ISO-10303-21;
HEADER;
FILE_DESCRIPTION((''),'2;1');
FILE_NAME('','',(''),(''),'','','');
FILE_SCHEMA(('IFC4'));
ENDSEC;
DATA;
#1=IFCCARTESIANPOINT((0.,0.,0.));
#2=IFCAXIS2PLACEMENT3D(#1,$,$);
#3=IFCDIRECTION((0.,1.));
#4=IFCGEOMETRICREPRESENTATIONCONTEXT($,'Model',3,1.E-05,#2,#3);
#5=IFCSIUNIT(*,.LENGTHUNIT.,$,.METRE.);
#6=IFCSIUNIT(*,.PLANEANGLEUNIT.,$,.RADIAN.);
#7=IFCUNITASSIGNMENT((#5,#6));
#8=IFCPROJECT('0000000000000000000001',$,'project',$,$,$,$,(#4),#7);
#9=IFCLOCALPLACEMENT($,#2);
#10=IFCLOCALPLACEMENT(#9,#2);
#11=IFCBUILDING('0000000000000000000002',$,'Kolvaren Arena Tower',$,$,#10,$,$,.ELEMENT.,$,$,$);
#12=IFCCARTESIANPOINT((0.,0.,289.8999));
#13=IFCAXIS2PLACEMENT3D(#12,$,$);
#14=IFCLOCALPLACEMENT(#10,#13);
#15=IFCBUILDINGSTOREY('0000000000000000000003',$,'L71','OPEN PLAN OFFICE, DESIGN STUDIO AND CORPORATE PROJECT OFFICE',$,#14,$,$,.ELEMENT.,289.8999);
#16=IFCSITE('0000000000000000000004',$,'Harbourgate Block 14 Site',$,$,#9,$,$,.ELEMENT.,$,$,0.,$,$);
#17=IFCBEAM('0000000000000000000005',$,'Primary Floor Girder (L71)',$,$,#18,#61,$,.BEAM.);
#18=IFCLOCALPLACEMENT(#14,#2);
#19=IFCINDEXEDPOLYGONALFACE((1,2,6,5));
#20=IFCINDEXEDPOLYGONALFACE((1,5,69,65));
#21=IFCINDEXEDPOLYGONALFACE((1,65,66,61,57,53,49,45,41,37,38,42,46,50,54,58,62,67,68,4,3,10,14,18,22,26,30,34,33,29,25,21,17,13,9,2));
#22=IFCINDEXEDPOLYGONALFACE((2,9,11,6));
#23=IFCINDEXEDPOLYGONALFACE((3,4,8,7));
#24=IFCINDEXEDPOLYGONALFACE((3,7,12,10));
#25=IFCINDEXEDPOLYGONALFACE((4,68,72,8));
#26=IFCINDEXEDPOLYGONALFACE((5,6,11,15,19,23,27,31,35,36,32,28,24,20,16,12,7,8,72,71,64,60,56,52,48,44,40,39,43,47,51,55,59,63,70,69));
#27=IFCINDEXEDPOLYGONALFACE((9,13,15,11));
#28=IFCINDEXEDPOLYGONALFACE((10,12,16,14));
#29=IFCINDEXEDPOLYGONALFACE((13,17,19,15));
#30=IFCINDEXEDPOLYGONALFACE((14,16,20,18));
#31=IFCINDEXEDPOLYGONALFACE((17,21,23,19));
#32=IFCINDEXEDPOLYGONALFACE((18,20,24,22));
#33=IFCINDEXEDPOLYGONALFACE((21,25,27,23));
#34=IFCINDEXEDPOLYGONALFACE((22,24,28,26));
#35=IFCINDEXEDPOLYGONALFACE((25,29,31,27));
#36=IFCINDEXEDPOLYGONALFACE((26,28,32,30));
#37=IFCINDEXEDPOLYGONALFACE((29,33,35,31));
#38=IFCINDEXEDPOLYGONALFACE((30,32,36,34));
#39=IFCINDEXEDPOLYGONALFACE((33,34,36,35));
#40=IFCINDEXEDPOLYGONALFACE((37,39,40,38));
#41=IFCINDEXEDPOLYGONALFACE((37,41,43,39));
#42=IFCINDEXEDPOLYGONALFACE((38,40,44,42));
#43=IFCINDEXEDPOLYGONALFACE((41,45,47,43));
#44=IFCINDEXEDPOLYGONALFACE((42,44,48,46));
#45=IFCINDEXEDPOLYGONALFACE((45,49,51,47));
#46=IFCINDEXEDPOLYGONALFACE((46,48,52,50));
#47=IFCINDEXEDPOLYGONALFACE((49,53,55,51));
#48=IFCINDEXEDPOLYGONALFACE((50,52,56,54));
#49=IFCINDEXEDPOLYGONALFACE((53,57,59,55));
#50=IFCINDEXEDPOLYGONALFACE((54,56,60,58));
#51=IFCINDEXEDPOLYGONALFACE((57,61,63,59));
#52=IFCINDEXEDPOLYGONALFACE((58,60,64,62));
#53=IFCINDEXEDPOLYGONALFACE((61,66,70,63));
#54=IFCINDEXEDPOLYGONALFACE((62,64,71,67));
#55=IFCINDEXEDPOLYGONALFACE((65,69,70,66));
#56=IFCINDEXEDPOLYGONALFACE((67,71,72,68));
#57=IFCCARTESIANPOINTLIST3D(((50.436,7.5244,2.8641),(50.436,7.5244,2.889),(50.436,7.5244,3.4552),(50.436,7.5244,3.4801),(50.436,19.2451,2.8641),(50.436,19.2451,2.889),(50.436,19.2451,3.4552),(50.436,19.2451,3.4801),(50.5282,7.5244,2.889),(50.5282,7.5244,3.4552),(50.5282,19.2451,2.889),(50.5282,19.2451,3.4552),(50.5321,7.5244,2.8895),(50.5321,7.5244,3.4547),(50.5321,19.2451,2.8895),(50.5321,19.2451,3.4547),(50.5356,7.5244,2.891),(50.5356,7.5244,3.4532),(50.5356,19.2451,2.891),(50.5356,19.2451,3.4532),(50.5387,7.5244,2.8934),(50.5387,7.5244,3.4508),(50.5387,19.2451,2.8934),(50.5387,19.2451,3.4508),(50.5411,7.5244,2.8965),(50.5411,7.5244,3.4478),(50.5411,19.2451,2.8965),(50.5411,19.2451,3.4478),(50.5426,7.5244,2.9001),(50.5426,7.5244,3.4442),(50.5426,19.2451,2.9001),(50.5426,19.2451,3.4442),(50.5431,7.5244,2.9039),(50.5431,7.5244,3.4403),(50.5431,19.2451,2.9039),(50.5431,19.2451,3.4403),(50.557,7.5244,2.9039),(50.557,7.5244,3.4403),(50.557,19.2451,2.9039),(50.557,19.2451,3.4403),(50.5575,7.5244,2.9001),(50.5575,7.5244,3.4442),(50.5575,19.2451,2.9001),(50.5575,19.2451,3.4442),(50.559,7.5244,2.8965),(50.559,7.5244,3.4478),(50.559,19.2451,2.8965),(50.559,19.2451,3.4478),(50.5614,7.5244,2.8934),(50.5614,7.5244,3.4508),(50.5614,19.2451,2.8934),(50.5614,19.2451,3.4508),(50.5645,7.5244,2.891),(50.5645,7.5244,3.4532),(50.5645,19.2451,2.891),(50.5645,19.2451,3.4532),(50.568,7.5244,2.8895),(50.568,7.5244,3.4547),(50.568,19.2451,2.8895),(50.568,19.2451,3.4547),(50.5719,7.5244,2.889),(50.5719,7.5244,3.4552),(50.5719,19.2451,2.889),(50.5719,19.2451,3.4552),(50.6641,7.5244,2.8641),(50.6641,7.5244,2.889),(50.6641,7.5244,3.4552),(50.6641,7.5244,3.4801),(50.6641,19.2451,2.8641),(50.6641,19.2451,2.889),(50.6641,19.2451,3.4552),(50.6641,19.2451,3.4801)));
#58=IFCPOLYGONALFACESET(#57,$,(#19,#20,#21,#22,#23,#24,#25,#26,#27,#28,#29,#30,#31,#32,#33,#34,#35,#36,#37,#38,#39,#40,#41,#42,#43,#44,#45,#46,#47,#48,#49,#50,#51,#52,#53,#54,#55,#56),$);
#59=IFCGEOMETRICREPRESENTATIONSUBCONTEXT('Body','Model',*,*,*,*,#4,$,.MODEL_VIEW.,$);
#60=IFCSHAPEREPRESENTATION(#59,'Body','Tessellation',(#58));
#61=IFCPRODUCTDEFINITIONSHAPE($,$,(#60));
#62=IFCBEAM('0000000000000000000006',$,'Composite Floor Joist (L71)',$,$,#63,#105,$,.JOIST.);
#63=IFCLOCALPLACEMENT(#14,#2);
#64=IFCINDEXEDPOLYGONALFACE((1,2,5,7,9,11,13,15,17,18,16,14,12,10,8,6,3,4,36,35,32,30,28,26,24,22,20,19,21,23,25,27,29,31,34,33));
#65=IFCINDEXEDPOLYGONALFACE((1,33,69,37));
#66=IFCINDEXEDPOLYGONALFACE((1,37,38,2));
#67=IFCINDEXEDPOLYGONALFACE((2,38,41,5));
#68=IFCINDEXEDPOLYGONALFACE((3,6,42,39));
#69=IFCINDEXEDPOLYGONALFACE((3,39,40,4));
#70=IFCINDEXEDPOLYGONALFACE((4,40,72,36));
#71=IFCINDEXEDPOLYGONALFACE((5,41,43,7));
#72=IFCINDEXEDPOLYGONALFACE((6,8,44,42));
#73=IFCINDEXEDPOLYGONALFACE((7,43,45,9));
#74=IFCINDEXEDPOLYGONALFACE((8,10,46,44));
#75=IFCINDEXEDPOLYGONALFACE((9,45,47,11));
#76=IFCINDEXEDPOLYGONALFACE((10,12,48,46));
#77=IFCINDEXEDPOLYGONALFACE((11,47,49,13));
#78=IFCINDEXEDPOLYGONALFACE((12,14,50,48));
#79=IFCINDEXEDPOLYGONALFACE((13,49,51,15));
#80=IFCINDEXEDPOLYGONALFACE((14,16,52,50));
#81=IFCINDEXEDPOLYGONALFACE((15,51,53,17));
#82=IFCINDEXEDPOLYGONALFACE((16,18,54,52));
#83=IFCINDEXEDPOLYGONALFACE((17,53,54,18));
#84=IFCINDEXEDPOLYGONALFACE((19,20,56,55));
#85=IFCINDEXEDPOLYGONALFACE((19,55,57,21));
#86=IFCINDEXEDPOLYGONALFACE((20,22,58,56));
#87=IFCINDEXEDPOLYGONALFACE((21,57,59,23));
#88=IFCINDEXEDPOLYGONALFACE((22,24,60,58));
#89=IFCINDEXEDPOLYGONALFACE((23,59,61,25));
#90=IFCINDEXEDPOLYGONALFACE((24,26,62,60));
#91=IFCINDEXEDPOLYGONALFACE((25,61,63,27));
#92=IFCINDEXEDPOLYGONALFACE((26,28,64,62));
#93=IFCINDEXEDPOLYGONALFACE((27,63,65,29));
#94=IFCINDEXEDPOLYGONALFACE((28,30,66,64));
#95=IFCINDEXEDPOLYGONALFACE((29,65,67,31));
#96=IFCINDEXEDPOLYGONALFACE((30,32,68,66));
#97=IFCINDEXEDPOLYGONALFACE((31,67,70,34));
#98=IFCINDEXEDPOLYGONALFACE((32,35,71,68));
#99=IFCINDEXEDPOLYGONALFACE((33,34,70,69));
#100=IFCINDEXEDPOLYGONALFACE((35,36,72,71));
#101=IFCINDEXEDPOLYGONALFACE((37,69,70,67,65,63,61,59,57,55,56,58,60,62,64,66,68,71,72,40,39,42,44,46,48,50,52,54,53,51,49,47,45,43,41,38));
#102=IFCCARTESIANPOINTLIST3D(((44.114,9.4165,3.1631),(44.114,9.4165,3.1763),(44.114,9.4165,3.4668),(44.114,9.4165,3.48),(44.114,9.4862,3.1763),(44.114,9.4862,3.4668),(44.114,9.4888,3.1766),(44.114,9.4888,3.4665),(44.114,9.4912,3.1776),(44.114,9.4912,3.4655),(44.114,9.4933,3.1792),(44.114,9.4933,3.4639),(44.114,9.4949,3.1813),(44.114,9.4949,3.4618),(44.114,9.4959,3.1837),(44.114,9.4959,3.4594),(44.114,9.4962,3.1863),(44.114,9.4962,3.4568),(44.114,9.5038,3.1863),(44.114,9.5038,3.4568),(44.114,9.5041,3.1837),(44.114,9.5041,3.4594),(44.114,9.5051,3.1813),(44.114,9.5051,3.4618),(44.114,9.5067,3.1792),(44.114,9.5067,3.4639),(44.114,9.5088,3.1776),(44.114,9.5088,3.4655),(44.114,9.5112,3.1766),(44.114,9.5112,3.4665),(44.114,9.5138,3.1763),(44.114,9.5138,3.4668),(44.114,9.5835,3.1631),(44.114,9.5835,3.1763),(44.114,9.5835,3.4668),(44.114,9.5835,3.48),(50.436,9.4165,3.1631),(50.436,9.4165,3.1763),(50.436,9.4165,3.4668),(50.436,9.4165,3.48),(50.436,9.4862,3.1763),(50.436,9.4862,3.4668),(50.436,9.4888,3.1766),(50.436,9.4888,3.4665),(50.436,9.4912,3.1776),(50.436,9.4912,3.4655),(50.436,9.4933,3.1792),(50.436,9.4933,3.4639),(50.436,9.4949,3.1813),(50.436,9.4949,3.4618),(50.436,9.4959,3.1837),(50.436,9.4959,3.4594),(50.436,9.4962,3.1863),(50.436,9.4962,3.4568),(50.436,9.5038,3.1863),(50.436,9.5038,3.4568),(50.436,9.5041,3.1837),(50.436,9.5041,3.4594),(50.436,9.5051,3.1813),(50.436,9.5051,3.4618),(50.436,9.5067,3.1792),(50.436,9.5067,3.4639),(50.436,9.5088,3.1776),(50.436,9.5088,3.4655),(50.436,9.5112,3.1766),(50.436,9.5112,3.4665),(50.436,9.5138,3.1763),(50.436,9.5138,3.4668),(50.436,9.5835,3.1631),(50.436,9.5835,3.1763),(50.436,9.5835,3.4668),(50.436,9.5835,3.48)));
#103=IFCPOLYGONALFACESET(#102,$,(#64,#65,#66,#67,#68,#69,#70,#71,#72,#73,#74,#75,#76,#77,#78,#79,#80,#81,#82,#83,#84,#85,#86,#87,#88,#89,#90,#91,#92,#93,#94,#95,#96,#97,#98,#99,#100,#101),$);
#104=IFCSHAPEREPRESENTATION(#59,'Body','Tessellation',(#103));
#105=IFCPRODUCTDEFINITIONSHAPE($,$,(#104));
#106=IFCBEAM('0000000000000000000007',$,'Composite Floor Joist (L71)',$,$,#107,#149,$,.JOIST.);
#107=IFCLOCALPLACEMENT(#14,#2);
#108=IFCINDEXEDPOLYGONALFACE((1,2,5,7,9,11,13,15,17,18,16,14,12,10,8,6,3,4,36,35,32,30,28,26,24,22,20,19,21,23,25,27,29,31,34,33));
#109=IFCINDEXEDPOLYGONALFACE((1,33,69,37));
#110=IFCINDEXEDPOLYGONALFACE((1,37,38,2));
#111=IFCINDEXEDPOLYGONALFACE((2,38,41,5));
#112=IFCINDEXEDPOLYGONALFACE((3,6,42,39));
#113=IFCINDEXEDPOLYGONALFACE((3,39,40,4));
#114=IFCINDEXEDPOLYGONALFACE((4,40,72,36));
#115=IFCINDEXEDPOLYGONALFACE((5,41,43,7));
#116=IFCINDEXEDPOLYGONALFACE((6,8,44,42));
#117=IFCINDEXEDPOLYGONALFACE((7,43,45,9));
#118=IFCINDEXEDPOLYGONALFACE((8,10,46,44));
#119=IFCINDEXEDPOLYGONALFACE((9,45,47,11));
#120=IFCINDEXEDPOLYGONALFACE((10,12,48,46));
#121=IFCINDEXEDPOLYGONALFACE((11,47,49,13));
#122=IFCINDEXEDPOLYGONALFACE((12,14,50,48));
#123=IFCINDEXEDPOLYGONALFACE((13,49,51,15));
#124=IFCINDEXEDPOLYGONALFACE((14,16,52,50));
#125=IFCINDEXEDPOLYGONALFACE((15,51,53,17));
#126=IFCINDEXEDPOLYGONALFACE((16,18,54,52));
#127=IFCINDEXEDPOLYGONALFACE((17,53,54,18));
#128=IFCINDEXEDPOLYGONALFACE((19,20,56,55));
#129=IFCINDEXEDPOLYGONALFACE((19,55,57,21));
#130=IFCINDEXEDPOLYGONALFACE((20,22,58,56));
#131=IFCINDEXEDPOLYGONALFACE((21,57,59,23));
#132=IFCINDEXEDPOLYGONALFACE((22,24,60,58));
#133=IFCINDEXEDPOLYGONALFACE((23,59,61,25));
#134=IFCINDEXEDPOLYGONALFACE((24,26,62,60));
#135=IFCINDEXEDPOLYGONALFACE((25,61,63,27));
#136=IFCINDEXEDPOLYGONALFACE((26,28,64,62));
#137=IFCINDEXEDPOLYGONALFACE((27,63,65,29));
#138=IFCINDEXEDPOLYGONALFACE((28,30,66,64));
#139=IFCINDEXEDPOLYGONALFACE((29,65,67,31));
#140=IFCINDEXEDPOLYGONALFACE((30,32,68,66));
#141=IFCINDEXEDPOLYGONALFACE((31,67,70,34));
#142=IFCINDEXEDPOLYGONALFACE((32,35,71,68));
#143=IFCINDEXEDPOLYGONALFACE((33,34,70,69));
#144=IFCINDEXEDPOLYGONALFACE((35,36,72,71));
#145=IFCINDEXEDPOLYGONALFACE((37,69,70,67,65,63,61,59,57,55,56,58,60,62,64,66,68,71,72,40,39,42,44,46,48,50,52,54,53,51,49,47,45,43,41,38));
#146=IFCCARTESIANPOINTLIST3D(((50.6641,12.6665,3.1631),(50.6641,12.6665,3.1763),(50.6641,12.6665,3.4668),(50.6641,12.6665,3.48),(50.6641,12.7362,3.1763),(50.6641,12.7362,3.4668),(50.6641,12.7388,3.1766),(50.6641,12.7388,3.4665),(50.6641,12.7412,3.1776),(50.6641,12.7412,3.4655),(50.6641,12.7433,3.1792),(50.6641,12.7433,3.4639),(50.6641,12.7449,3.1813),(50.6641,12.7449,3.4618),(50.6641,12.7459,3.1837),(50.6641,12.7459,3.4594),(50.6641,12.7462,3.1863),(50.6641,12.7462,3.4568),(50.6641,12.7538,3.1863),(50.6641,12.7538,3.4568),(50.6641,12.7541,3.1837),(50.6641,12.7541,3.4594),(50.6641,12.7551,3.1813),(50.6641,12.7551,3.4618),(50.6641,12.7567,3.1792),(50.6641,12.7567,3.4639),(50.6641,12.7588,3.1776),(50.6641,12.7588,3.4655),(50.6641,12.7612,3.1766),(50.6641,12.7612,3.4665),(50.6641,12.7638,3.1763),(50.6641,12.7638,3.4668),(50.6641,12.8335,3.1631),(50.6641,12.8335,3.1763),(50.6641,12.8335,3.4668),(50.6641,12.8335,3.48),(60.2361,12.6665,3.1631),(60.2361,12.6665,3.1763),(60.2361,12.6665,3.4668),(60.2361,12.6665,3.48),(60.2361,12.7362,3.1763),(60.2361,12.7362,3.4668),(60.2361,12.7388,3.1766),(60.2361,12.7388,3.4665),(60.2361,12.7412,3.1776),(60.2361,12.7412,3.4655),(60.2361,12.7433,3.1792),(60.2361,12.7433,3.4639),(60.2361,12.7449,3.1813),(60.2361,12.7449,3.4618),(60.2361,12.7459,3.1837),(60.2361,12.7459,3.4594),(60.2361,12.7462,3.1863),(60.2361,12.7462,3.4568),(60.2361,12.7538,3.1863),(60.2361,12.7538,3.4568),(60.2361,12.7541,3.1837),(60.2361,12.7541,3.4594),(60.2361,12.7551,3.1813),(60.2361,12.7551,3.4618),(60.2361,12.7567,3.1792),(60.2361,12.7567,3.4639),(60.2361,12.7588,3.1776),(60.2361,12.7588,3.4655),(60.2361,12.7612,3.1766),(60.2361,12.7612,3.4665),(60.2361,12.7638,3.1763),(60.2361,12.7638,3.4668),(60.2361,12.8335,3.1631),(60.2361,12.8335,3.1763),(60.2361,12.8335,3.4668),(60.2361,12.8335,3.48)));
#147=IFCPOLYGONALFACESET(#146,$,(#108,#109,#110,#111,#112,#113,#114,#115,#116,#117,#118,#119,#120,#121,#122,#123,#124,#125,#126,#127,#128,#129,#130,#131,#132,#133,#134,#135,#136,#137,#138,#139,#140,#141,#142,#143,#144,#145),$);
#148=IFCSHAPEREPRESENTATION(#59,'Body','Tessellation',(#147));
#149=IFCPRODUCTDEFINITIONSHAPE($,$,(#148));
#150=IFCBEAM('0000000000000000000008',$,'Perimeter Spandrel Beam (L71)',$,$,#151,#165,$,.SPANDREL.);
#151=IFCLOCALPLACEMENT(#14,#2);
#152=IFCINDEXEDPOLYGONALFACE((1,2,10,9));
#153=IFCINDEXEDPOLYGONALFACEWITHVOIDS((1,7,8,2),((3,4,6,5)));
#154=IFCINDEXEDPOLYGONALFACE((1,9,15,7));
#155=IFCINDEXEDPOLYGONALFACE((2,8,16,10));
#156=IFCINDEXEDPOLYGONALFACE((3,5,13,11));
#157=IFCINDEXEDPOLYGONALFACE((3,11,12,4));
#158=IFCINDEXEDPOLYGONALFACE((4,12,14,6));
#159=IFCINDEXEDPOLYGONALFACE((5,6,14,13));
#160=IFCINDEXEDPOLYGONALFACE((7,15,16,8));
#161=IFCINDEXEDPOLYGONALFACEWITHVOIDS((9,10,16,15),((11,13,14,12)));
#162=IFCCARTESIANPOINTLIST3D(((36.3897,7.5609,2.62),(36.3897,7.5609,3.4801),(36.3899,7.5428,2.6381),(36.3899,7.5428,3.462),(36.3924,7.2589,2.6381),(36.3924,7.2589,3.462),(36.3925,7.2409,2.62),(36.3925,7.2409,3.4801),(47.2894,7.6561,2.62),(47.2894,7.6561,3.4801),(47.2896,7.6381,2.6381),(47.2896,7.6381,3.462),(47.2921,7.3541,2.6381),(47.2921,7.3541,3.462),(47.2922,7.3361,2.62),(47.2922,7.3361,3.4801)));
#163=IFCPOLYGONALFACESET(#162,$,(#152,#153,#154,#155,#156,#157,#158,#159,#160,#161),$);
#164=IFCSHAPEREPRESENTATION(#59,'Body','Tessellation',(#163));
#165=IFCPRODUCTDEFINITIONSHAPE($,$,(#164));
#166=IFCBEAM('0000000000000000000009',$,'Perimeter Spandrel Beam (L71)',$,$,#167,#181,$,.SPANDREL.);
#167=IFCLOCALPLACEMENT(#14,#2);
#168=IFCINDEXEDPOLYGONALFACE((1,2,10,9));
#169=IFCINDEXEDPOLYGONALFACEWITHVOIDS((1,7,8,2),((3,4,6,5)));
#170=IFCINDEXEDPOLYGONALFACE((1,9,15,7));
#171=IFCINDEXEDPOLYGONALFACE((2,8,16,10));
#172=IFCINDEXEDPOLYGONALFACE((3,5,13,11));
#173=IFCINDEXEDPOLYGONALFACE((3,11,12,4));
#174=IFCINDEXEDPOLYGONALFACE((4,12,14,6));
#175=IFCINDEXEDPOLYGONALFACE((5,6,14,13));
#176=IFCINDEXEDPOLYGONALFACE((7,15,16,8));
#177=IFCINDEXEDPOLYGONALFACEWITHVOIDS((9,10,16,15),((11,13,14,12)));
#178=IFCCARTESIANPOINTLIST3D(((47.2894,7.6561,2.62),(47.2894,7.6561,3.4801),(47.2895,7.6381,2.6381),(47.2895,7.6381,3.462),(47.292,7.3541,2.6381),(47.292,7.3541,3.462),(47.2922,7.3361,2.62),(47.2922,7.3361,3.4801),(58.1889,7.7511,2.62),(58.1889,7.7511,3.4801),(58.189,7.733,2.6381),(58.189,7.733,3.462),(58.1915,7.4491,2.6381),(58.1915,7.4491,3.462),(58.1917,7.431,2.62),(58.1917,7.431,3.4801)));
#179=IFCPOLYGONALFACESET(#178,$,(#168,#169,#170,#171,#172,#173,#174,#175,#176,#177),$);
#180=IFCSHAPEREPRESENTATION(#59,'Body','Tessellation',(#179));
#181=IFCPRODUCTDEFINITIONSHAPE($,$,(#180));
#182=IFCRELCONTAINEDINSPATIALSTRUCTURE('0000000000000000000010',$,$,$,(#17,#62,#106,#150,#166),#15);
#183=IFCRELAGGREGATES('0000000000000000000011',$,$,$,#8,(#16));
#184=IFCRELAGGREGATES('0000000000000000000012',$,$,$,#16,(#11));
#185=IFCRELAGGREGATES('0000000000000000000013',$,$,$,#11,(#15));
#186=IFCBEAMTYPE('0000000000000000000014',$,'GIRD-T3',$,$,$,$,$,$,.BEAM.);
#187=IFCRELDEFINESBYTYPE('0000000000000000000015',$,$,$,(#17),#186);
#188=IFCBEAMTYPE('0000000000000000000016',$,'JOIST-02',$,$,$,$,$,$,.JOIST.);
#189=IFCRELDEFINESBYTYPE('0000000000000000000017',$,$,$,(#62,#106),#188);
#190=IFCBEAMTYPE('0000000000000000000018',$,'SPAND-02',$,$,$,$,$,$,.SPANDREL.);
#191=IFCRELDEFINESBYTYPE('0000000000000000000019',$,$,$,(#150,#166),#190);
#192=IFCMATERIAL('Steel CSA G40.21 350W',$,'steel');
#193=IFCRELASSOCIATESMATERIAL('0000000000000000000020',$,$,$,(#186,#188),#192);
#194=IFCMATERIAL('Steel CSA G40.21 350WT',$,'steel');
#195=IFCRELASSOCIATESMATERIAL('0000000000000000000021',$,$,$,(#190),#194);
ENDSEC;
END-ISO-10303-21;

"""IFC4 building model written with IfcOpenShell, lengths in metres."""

from ifc_helpers import new_model, si_unit, direction, frame, origin, origin_2d, place, context, subcontext, project, spatial, hollow_rectangle, i_section, extrude, material, material_profile, profile_set, type_object, element, save


model = new_model("IFC4")

# Units and contexts
model_context = context("Model", 3, precision=1e-05, world=origin(), true_north=direction((0.0, 1.0)))
body_context = subcontext(model_context, "Body", "Model", "MODEL_VIEW")
ifc_project = project(units=[si_unit("LENGTHUNIT", "METRE"), si_unit("PLANEANGLEUNIT", "RADIAN")], contexts=[model_context])

# Site, building, storey
site_placement = place(None, origin())
site = spatial("IfcSite", under=ifc_project, at=site_placement, Name="Harbourgate Block 14 Site", CompositionType="ELEMENT", RefElevation=0.0)
building_placement = place(site_placement, origin())
building = spatial("IfcBuilding", under=site, at=building_placement, Name="Kolvaren Arena Tower", CompositionType="ELEMENT")
storey_placement = place(building_placement, frame((0.0, 0.0, 289.8999)))
storey = spatial("IfcBuildingStorey", under=building, at=storey_placement, Name="L71", Description="OPEN PLAN OFFICE, DESIGN STUDIO AND CORPORATE PROJECT OFFICE", CompositionType="ELEMENT", Elevation=289.8999)

# Beams
ifc_material_1 = material(Name="Steel CSA G40.21 350W", Category="steel")
ifc_material_profile_1 = material_profile(ifc_material_1, i_section(OverallWidth=0.228, OverallDepth=0.616, WebThickness=0.0139, FlangeThickness=0.0249, FilletRadius=0.0149, at=origin_2d()), Name="W610x174")
ifc_profile_set_1 = profile_set([ifc_material_profile_1], Name="Steel CSA G40.21 350W")
beam_type_1 = type_object("IfcBeamType", Name="GIRD-T3", PredefinedType="BEAM", material=ifc_profile_set_1)
beam_1_placement = place(storey_placement, frame((50.55, 7.5244, 3.1721), z_axis=(0.0, 1.0, 0.0), x_axis=(-1.0, 0.0, 0.0)))
element("IfcBeam", 1, at=beam_1_placement, inside=storey, type_object=beam_type_1, Name="Primary Floor Girder (L71)", PredefinedType="BEAM", context=body_context, shape_type="SweptSolid", body=[
    extrude(i_section(OverallWidth=0.228, OverallDepth=0.616, WebThickness=0.0139, FlangeThickness=0.0249, FilletRadius=0.0149, at=origin_2d()), origin(), (0.0, 0.0, 1.0), 11.7207),
])
ifc_material_profile_2 = material_profile(ifc_material_1, i_section(OverallWidth=0.167, OverallDepth=0.3169, WebThickness=0.0076, FlangeThickness=0.0132, FilletRadius=0.01, at=origin_2d()), Name="W310x52")
ifc_profile_set_2 = profile_set([ifc_material_profile_2], Name="Steel CSA G40.21 350W")
beam_type_2 = type_object("IfcBeamType", Name="JOIST-02", PredefinedType="JOIST", material=ifc_profile_set_2)
beam_2_placement = place(storey_placement, frame((44.114, 9.5, 3.3215), z_axis=(1.0, 0.0, 0.0), x_axis=(0.0, 1.0, 0.0)))
element("IfcBeam", 2, at=beam_2_placement, inside=storey, type_object=beam_type_2, Name="Composite Floor Joist (L71)", PredefinedType="JOIST", context=body_context, shape_type="SweptSolid", body=[
    extrude(i_section(OverallWidth=0.167, OverallDepth=0.3169, WebThickness=0.0076, FlangeThickness=0.0132, FilletRadius=0.01, at=origin_2d()), origin(), (0.0, 0.0, 1.0), 6.322),
])
beam_3_placement = place(storey_placement, frame((50.6641, 12.75, 3.3215), z_axis=(1.0, 0.0, 0.0), x_axis=(0.0, 1.0, 0.0)))
element("IfcBeam", 3, at=beam_3_placement, inside=storey, type_object=beam_type_2, Name="Composite Floor Joist (L71)", PredefinedType="JOIST", context=body_context, shape_type="SweptSolid", body=[
    extrude(i_section(OverallWidth=0.167, OverallDepth=0.3169, WebThickness=0.0076, FlangeThickness=0.0132, FilletRadius=0.01, at=origin_2d()), origin(), (0.0, 0.0, 1.0), 9.572),
])
ifc_material_2 = material(Name="Steel CSA G40.21 350WT", Category="steel")
ifc_material_profile_3 = material_profile(ifc_material_2, hollow_rectangle(XDim=0.3201, YDim=0.8601, WallThickness=0.0181, at=origin_2d()), Name="HSS 860x320x18")
ifc_profile_set_3 = profile_set([ifc_material_profile_3], Name="Steel CSA G40.21 350WT")
beam_type_3 = type_object("IfcBeamType", Name="SPAND-02", PredefinedType="SPANDREL", material=ifc_profile_set_3)
beam_4_placement = place(storey_placement, frame((36.3911, 7.4009, 3.05), z_axis=(0.999962, 0.008735, 0.0), x_axis=(-0.008735, 0.999962, 0.0)))
element("IfcBeam", 4, at=beam_4_placement, inside=storey, type_object=beam_type_3, Name="Perimeter Spandrel Beam (L71)", PredefinedType="SPANDREL", context=body_context, shape_type="SweptSolid", body=[
    extrude(hollow_rectangle(XDim=0.3201, YDim=0.8601, WallThickness=0.0181, at=origin_2d()), origin(), (0.0, 0.0, 1.0), 10.9001),
])
beam_5_placement = place(storey_placement, frame((47.2908, 7.4961, 3.05), z_axis=(0.999962, 0.008713, 0.0), x_axis=(-0.008713, 0.999962, 0.0)))
element("IfcBeam", 5, at=beam_5_placement, inside=storey, type_object=beam_type_3, Name="Perimeter Spandrel Beam (L71)", PredefinedType="SPANDREL", context=body_context, shape_type="SweptSolid", body=[
    extrude(hollow_rectangle(XDim=0.3201, YDim=0.8601, WallThickness=0.0181, at=origin_2d()), origin(), (0.0, 0.0, 1.0), 10.8999),
])

save(model, "model.ifc")
